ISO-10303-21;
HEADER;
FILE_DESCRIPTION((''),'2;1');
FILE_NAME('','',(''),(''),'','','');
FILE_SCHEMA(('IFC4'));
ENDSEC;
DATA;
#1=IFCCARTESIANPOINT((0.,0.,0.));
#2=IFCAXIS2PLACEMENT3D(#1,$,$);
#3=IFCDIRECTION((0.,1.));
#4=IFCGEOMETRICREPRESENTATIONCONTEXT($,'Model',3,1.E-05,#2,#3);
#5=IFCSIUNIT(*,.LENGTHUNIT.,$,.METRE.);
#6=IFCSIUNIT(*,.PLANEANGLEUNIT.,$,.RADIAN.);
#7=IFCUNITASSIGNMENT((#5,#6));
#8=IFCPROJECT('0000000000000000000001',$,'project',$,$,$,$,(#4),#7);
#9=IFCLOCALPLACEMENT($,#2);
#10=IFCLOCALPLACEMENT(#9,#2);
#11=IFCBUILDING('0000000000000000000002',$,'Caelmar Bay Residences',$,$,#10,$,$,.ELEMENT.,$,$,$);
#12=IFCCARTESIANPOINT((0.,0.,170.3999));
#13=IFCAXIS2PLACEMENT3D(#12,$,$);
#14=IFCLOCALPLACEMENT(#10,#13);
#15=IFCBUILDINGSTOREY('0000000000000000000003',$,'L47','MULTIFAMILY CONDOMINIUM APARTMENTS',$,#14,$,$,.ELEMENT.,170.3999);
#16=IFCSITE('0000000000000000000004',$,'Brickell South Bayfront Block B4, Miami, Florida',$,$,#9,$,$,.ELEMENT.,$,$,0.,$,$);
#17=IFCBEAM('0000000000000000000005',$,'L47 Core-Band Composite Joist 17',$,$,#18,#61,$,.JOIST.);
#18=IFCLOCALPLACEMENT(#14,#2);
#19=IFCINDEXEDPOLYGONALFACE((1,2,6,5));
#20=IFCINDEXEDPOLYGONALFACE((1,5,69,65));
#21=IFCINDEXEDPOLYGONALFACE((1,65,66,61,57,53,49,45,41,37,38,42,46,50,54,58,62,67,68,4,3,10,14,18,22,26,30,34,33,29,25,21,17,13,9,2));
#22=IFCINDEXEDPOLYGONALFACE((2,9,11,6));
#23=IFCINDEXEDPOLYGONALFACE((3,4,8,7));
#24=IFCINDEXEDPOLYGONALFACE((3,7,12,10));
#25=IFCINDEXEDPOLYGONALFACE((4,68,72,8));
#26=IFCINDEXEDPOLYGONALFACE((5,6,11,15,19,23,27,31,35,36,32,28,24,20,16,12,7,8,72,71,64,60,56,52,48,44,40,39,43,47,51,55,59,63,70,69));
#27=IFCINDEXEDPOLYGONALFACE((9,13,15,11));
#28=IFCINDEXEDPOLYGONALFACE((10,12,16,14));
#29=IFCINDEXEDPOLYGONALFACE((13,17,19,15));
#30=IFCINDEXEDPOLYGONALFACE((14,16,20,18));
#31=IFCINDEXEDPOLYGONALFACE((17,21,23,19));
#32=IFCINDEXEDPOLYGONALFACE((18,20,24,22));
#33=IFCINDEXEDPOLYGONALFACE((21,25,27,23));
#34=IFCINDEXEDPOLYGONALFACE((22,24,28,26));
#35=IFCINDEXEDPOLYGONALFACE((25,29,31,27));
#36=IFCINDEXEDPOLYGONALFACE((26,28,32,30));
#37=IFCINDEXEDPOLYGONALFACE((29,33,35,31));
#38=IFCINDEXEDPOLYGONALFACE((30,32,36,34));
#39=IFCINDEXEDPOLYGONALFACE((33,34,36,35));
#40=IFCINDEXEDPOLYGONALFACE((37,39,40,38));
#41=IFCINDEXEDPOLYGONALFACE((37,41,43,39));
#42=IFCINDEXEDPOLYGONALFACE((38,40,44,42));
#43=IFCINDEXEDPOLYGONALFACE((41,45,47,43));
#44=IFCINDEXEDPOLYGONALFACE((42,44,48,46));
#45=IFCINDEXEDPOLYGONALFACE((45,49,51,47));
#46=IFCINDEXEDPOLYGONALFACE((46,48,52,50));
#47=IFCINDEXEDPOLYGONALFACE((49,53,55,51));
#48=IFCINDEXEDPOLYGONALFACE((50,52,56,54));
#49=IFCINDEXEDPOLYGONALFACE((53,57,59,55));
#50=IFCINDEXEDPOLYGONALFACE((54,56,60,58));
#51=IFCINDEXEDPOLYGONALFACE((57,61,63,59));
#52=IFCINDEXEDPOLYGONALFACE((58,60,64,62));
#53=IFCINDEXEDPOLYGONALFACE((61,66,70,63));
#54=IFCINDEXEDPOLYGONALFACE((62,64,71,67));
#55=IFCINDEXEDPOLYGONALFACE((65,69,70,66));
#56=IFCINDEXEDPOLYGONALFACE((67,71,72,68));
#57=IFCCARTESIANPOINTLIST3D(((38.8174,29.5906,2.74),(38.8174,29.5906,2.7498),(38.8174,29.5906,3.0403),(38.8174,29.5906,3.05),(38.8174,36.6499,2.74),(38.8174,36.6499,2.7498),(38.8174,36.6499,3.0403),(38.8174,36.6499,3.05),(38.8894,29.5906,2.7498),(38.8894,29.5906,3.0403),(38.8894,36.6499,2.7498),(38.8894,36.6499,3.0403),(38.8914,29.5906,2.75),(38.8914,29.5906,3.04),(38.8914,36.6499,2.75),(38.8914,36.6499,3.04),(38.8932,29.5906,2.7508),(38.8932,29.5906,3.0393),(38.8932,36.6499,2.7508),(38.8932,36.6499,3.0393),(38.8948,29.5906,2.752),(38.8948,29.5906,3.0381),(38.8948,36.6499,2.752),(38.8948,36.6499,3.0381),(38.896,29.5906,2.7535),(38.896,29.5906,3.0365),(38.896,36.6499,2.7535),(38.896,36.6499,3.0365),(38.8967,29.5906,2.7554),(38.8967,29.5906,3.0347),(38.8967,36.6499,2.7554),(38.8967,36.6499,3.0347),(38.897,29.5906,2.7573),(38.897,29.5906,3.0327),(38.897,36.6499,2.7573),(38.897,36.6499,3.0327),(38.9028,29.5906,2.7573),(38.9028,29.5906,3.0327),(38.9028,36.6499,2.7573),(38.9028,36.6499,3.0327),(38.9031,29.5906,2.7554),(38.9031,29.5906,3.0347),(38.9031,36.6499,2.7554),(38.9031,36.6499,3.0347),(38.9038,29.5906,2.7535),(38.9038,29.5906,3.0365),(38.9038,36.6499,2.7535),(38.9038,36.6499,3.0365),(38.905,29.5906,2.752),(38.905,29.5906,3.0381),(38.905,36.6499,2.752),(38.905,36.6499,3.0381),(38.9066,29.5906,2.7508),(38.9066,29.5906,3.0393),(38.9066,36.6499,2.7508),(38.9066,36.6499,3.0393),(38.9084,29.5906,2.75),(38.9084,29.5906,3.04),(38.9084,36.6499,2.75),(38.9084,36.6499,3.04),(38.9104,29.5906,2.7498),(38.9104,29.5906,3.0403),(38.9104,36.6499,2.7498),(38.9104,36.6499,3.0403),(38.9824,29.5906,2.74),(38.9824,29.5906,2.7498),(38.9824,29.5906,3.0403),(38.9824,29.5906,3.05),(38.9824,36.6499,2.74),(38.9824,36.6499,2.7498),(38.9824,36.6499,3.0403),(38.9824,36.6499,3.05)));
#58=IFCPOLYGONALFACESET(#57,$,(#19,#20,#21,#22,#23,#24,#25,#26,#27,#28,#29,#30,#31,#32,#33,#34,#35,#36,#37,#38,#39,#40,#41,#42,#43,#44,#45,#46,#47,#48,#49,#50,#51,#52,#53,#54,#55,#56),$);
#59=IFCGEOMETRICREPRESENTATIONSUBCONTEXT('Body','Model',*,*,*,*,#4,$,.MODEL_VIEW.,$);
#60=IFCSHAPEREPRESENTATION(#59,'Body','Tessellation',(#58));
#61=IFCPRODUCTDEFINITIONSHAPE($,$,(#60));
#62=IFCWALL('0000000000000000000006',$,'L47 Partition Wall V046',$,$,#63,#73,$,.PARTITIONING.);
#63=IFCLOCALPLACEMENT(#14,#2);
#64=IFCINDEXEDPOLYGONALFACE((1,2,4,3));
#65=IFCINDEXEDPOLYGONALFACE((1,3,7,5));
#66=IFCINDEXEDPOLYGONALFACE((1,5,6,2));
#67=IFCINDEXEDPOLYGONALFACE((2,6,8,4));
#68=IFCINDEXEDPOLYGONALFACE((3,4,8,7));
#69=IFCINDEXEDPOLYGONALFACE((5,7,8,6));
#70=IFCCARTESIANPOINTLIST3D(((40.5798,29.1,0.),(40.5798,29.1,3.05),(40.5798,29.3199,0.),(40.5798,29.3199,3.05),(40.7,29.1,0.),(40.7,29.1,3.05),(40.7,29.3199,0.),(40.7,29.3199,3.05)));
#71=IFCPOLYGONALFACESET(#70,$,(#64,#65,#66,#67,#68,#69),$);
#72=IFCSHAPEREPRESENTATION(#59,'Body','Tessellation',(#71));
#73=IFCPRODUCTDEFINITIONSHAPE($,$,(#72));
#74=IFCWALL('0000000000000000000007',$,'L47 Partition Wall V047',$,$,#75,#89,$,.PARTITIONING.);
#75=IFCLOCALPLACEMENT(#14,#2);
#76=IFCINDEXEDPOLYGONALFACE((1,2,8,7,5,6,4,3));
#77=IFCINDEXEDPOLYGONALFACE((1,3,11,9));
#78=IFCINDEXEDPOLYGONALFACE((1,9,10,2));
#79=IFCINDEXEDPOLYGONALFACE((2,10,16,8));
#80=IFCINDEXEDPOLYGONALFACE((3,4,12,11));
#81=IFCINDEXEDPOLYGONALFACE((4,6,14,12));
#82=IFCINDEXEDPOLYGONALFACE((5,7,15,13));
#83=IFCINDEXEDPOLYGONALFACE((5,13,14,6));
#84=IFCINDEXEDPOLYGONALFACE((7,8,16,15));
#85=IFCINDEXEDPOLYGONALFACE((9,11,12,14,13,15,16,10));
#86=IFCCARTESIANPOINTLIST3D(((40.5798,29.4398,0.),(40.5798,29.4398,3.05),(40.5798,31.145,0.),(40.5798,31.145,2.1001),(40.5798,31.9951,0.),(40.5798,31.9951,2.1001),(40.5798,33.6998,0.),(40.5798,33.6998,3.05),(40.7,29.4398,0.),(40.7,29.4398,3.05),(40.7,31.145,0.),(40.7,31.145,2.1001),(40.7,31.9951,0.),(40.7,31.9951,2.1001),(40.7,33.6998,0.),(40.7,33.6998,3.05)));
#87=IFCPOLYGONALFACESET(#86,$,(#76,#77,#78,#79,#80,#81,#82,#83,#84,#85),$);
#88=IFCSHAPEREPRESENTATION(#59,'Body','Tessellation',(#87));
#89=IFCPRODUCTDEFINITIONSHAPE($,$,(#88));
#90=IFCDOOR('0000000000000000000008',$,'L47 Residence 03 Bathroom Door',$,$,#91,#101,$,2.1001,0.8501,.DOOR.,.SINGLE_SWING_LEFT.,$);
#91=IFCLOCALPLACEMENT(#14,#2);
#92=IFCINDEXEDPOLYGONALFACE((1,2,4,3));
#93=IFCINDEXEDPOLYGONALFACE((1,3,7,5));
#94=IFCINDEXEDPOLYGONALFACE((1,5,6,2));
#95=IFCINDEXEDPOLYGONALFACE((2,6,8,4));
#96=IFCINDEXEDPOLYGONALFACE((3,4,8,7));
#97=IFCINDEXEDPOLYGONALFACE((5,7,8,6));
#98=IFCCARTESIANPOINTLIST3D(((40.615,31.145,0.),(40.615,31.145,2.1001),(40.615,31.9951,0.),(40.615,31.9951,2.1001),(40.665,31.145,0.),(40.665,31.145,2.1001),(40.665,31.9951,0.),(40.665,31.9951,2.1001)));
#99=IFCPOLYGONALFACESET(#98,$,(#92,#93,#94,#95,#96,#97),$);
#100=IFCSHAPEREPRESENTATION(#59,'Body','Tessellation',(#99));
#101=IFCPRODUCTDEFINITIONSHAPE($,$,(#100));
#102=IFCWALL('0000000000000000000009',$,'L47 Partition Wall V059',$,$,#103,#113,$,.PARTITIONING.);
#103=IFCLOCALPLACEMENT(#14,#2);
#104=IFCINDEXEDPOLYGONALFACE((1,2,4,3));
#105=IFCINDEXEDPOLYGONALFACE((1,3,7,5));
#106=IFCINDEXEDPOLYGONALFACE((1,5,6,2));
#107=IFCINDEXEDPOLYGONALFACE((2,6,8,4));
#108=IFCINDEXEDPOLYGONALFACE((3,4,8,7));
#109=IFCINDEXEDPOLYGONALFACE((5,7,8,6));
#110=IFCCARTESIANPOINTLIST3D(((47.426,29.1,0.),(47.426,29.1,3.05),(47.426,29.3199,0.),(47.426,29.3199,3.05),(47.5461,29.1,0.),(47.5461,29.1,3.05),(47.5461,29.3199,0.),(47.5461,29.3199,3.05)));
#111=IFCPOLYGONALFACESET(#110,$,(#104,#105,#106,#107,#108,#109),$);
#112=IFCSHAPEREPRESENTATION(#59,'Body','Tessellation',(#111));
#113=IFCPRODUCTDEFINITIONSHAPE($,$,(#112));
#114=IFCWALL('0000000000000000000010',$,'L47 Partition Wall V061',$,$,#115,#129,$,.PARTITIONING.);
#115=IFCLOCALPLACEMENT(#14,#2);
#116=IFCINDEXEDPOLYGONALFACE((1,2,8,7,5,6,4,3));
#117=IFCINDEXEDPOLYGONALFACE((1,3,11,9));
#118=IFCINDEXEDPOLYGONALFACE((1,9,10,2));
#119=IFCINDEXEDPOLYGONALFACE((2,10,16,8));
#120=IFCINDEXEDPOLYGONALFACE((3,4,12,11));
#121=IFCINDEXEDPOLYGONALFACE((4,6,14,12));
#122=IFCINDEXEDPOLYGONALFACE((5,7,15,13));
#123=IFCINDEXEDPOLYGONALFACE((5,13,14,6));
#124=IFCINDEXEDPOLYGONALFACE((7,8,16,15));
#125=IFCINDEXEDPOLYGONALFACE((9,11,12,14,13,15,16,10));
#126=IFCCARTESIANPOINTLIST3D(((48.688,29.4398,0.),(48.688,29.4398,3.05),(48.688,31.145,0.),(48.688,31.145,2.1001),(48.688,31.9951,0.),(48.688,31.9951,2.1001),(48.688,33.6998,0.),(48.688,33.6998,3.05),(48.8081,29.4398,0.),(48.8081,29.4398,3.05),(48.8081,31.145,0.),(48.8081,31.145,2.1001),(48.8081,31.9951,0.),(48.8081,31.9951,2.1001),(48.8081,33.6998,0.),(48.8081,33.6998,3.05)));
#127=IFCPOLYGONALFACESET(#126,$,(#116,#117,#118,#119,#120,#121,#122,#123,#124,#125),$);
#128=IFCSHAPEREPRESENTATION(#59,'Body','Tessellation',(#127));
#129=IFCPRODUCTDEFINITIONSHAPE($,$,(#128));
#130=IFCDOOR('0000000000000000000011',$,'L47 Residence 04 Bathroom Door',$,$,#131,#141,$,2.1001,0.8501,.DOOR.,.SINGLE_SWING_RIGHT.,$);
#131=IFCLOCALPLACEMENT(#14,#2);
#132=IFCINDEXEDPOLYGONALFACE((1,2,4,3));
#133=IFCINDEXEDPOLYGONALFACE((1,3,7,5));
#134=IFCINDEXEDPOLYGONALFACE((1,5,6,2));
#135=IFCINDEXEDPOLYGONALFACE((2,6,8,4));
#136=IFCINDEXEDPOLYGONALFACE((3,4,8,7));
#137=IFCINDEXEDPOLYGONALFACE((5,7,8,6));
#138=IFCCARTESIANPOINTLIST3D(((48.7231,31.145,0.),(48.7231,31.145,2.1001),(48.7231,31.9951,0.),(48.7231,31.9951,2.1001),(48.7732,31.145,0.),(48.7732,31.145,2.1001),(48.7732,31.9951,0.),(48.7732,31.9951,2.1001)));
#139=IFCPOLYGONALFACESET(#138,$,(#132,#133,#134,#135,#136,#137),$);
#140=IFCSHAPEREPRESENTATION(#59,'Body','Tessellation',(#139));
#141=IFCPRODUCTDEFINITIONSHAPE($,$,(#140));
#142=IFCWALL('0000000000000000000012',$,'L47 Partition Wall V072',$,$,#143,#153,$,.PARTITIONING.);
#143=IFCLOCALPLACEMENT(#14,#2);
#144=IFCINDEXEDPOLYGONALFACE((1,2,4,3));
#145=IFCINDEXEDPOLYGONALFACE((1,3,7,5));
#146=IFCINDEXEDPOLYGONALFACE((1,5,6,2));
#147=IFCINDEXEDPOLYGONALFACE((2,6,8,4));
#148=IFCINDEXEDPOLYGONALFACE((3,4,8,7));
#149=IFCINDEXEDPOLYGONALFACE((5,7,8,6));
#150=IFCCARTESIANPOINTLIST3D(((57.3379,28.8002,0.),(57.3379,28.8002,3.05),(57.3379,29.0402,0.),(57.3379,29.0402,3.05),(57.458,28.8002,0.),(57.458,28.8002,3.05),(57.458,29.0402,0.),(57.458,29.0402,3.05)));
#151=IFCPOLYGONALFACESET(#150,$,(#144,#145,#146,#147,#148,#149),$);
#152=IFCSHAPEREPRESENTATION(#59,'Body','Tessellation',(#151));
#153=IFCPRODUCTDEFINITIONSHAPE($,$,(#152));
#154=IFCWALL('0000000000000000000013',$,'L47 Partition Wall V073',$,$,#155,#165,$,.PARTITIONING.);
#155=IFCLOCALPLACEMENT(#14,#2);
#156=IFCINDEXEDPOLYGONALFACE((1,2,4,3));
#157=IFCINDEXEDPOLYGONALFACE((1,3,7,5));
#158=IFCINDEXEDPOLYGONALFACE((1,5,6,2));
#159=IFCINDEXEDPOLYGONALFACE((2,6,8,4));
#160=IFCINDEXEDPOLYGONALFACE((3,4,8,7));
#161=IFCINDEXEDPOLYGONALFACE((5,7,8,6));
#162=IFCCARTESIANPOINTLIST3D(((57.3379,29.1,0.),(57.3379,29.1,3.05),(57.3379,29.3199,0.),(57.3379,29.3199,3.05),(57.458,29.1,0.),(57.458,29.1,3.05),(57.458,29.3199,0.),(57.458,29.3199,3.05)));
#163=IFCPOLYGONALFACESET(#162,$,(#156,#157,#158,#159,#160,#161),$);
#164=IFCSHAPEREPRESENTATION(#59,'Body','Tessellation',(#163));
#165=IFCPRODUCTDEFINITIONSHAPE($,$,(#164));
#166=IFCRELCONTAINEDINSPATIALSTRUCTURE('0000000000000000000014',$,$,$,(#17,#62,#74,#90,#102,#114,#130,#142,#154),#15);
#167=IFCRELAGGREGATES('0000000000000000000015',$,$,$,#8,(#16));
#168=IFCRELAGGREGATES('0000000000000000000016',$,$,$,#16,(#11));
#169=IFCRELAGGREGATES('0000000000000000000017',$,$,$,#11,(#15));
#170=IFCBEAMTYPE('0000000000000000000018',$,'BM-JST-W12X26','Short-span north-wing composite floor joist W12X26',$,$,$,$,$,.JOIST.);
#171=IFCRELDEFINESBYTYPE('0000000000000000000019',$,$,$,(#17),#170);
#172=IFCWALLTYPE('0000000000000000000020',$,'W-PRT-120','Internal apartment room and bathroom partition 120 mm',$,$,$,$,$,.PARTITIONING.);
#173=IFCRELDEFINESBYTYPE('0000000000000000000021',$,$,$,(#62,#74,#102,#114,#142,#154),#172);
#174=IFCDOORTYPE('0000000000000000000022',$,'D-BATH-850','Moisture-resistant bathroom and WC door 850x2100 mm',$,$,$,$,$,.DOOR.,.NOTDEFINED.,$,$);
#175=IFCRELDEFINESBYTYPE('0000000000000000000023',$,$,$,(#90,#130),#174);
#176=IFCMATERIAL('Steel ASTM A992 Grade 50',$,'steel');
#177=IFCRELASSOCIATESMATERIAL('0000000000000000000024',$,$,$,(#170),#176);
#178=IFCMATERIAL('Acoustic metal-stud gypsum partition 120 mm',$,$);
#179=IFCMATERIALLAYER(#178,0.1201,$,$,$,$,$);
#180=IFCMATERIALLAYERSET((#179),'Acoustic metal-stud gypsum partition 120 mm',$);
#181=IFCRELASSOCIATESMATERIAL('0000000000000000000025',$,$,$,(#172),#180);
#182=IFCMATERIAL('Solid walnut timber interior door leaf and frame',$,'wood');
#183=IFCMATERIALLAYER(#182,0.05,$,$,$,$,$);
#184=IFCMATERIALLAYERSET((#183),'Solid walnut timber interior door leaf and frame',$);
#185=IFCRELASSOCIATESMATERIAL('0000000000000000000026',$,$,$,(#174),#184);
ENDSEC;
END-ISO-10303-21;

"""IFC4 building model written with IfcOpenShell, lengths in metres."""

from ifc_helpers import new_model, si_unit, direction, frame, frame_2d, origin, origin_2d, place, context, subcontext, project, spatial, rectangle, i_section, extrude, material, layer, layer_set, material_profile, profile_set, type_object, element, fill, save


model = new_model("IFC4")

# Units and contexts
model_context = context("Model", 3, precision=1e-05, world=origin(), true_north=direction((0.0, 1.0)))
body_context = subcontext(model_context, "Body", "Model", "MODEL_VIEW")
ifc_project = project(units=[si_unit("LENGTHUNIT", "METRE"), si_unit("PLANEANGLEUNIT", "RADIAN")], contexts=[model_context])

# Site, building, storey
site_placement = place(None, origin())
site = spatial("IfcSite", under=ifc_project, at=site_placement, Name="Brickell South Bayfront Block B4, Miami, Florida", CompositionType="ELEMENT", RefElevation=0.0)
building_placement = place(site_placement, origin())
building = spatial("IfcBuilding", under=site, at=building_placement, Name="Caelmar Bay Residences", CompositionType="ELEMENT")
storey_placement = place(building_placement, frame((0.0, 0.0, 170.3999)))
storey = spatial("IfcBuildingStorey", under=building, at=storey_placement, Name="L47", Description="MULTIFAMILY CONDOMINIUM APARTMENTS", CompositionType="ELEMENT", Elevation=170.3999)

# Beam
ifc_material_1 = material(Name="Steel ASTM A992 Grade 50", Category="steel")
ifc_material_profile_1 = material_profile(ifc_material_1, i_section(OverallWidth=0.165, OverallDepth=0.3101, WebThickness=0.0059, FlangeThickness=0.0098, FilletRadius=0.0076, at=origin_2d()), Name="W12X26")
ifc_profile_set_1 = profile_set([ifc_material_profile_1], Name="Steel ASTM A992 Grade 50")
beam_type_1 = type_object("IfcBeamType", Name="BM-JST-W12X26", Description="Short-span north-wing composite floor joist W12X26", PredefinedType="JOIST", material=ifc_profile_set_1)
beam_1_placement = place(storey_placement, frame((38.8999, 29.5906, 2.895), z_axis=(0.0, 1.0, 0.0), x_axis=(-1.0, 0.0, 0.0)))
element("IfcBeam", 1, at=beam_1_placement, inside=storey, type_object=beam_type_1, Name="L47 Core-Band Composite Joist 17", PredefinedType="JOIST", context=body_context, shape_type="SweptSolid", body=[
    extrude(i_section(OverallWidth=0.165, OverallDepth=0.3101, WebThickness=0.0059, FlangeThickness=0.0098, FilletRadius=0.0076, at=origin_2d()), origin(), (0.0, 0.0, 1.0), 7.0593),
])

# Wall
ifc_material_2 = material(Name="Acoustic metal-stud gypsum partition 120 mm")
ifc_layer_1 = layer(ifc_material_2, 0.1201)
ifc_layer_set_1 = layer_set([ifc_layer_1], Name="Acoustic metal-stud gypsum partition 120 mm")
wall_type_1 = type_object("IfcWallType", Name="W-PRT-120", Description="Internal apartment room and bathroom partition 120 mm", PredefinedType="PARTITIONING", material=ifc_layer_set_1)
wall_1_placement = place(storey_placement, frame((40.6399, 29.1001, 0.0), z_axis=(0.0, 0.0, 1.0), x_axis=(0.0, 1.0, 0.0)))
element("IfcWall", 2, at=wall_1_placement, inside=storey, type_object=wall_type_1, Name="L47 Partition Wall V046", PredefinedType="PARTITIONING", context=body_context, shape_type="SweptSolid", body=[
    extrude(rectangle(XDim=0.22, YDim=0.1201, at=frame_2d((0.1099, 0.0))), origin(), (0.0, 0.0, 1.0), 3.05),
])

# Wall, opening, door
wall_2_placement = place(storey_placement, frame((40.6399, 29.4399, 0.0), z_axis=(0.0, 0.0, 1.0), x_axis=(0.0, 1.0, 0.0)))
wall_2 = element("IfcWall", 3, at=wall_2_placement, inside=storey, type_object=wall_type_1, Name="L47 Partition Wall V047", PredefinedType="PARTITIONING", context=body_context, shape_type="SweptSolid", body=[
    extrude(rectangle(XDim=4.26, YDim=0.1201, at=frame_2d((2.1299, 0.0))), origin(), (0.0, 0.0, 1.0), 3.05),
])
opening_1_placement = place(wall_2_placement, frame((1.7051, 0.0, 0.0)))
opening_1 = element("IfcOpeningElement", 4, at=opening_1_placement, cuts=wall_2, PredefinedType="OPENING", context=body_context, shape_type="SweptSolid", body=[
    extrude(rectangle(XDim=0.8501, YDim=2.1001, at=frame_2d((0.425, 1.05))), frame((0.0, 0.0701, 0.0), z_axis=(0.0, -1.0, 0.0), x_axis=(1.0, 0.0, 0.0)), (0.0, 0.0, 1.0), 0.1401),
])
ifc_material_3 = material(Name="Solid walnut timber interior door leaf and frame", Category="wood")
ifc_layer_2 = layer(ifc_material_3, 0.05)
ifc_layer_set_2 = layer_set([ifc_layer_2], Name="Solid walnut timber interior door leaf and frame")
door_type_1 = type_object("IfcDoorType", Name="D-BATH-850", Description="Moisture-resistant bathroom and WC door 850x2100 mm", OperationType="NOTDEFINED", PredefinedType="DOOR", material=ifc_layer_set_2)
door_1_placement = place(opening_1_placement, origin())
door_1 = element("IfcDoor", 5, at=door_1_placement, inside=storey, type_object=door_type_1, Name="L47 Residence 03 Bathroom Door", OperationType="SINGLE_SWING_LEFT", OverallHeight=2.1001, OverallWidth=0.8501, PredefinedType="DOOR", context=body_context, shape_type="SweptSolid", body=[
    extrude(rectangle(XDim=0.8501, YDim=2.1001, at=frame_2d((0.425, 1.05))), frame((0.0, 0.0249, 0.0), z_axis=(0.0, -1.0, 0.0), x_axis=(1.0, 0.0, 0.0)), (0.0, 0.0, 1.0), 0.05),
])
fill(opening_1, door_1)

# Wall
wall_3_placement = place(storey_placement, frame((47.4861, 29.1001, 0.0), z_axis=(0.0, 0.0, 1.0), x_axis=(0.0, 1.0, 0.0)))
element("IfcWall", 6, at=wall_3_placement, inside=storey, type_object=wall_type_1, Name="L47 Partition Wall V059", PredefinedType="PARTITIONING", context=body_context, shape_type="SweptSolid", body=[
    extrude(rectangle(XDim=0.22, YDim=0.1201, at=frame_2d((0.1099, 0.0))), origin(), (0.0, 0.0, 1.0), 3.05),
])

# Wall, opening, door
wall_4_placement = place(storey_placement, frame((48.748, 29.4399, 0.0), z_axis=(0.0, 0.0, 1.0), x_axis=(0.0, 1.0, 0.0)))
wall_4 = element("IfcWall", 7, at=wall_4_placement, inside=storey, type_object=wall_type_1, Name="L47 Partition Wall V061", PredefinedType="PARTITIONING", context=body_context, shape_type="SweptSolid", body=[
    extrude(rectangle(XDim=4.26, YDim=0.1201, at=frame_2d((2.1299, 0.0))), origin(), (0.0, 0.0, 1.0), 3.05),
])
opening_2_placement = place(wall_4_placement, frame((1.7051, 0.0, 0.0)))
opening_2 = element("IfcOpeningElement", 8, at=opening_2_placement, cuts=wall_4, PredefinedType="OPENING", context=body_context, shape_type="SweptSolid", body=[
    extrude(rectangle(XDim=0.8501, YDim=2.1001, at=frame_2d((0.425, 1.05))), frame((0.0, 0.0701, 0.0), z_axis=(0.0, -1.0, 0.0), x_axis=(1.0, 0.0, 0.0)), (0.0, 0.0, 1.0), 0.1401),
])
door_2_placement = place(opening_2_placement, origin())
door_2 = element("IfcDoor", 9, at=door_2_placement, inside=storey, type_object=door_type_1, Name="L47 Residence 04 Bathroom Door", OperationType="SINGLE_SWING_RIGHT", OverallHeight=2.1001, OverallWidth=0.8501, PredefinedType="DOOR", context=body_context, shape_type="SweptSolid", body=[
    extrude(rectangle(XDim=0.8501, YDim=2.1001, at=frame_2d((0.425, 1.05))), frame((0.0, 0.0249, 0.0), z_axis=(0.0, -1.0, 0.0), x_axis=(1.0, 0.0, 0.0)), (0.0, 0.0, 1.0), 0.05),
])
fill(opening_2, door_2)

# Walls
wall_5_placement = place(storey_placement, frame((57.3979, 28.8, 0.0), z_axis=(0.0, 0.0, 1.0), x_axis=(0.0, 1.0, 0.0)))
element("IfcWall", 10, at=wall_5_placement, inside=storey, type_object=wall_type_1, Name="L47 Partition Wall V072", PredefinedType="PARTITIONING", context=body_context, shape_type="SweptSolid", body=[
    extrude(rectangle(XDim=0.24, YDim=0.1201, at=frame_2d((0.1201, 0.0))), origin(), (0.0, 0.0, 1.0), 3.05),
])
wall_6_placement = place(storey_placement, frame((57.3979, 29.1001, 0.0), z_axis=(0.0, 0.0, 1.0), x_axis=(0.0, 1.0, 0.0)))
element("IfcWall", 11, at=wall_6_placement, inside=storey, type_object=wall_type_1, Name="L47 Partition Wall V073", PredefinedType="PARTITIONING", context=body_context, shape_type="SweptSolid", body=[
    extrude(rectangle(XDim=0.22, YDim=0.1201, at=frame_2d((0.1099, 0.0))), origin(), (0.0, 0.0, 1.0), 3.05),
])

save(model, "model.ifc")
